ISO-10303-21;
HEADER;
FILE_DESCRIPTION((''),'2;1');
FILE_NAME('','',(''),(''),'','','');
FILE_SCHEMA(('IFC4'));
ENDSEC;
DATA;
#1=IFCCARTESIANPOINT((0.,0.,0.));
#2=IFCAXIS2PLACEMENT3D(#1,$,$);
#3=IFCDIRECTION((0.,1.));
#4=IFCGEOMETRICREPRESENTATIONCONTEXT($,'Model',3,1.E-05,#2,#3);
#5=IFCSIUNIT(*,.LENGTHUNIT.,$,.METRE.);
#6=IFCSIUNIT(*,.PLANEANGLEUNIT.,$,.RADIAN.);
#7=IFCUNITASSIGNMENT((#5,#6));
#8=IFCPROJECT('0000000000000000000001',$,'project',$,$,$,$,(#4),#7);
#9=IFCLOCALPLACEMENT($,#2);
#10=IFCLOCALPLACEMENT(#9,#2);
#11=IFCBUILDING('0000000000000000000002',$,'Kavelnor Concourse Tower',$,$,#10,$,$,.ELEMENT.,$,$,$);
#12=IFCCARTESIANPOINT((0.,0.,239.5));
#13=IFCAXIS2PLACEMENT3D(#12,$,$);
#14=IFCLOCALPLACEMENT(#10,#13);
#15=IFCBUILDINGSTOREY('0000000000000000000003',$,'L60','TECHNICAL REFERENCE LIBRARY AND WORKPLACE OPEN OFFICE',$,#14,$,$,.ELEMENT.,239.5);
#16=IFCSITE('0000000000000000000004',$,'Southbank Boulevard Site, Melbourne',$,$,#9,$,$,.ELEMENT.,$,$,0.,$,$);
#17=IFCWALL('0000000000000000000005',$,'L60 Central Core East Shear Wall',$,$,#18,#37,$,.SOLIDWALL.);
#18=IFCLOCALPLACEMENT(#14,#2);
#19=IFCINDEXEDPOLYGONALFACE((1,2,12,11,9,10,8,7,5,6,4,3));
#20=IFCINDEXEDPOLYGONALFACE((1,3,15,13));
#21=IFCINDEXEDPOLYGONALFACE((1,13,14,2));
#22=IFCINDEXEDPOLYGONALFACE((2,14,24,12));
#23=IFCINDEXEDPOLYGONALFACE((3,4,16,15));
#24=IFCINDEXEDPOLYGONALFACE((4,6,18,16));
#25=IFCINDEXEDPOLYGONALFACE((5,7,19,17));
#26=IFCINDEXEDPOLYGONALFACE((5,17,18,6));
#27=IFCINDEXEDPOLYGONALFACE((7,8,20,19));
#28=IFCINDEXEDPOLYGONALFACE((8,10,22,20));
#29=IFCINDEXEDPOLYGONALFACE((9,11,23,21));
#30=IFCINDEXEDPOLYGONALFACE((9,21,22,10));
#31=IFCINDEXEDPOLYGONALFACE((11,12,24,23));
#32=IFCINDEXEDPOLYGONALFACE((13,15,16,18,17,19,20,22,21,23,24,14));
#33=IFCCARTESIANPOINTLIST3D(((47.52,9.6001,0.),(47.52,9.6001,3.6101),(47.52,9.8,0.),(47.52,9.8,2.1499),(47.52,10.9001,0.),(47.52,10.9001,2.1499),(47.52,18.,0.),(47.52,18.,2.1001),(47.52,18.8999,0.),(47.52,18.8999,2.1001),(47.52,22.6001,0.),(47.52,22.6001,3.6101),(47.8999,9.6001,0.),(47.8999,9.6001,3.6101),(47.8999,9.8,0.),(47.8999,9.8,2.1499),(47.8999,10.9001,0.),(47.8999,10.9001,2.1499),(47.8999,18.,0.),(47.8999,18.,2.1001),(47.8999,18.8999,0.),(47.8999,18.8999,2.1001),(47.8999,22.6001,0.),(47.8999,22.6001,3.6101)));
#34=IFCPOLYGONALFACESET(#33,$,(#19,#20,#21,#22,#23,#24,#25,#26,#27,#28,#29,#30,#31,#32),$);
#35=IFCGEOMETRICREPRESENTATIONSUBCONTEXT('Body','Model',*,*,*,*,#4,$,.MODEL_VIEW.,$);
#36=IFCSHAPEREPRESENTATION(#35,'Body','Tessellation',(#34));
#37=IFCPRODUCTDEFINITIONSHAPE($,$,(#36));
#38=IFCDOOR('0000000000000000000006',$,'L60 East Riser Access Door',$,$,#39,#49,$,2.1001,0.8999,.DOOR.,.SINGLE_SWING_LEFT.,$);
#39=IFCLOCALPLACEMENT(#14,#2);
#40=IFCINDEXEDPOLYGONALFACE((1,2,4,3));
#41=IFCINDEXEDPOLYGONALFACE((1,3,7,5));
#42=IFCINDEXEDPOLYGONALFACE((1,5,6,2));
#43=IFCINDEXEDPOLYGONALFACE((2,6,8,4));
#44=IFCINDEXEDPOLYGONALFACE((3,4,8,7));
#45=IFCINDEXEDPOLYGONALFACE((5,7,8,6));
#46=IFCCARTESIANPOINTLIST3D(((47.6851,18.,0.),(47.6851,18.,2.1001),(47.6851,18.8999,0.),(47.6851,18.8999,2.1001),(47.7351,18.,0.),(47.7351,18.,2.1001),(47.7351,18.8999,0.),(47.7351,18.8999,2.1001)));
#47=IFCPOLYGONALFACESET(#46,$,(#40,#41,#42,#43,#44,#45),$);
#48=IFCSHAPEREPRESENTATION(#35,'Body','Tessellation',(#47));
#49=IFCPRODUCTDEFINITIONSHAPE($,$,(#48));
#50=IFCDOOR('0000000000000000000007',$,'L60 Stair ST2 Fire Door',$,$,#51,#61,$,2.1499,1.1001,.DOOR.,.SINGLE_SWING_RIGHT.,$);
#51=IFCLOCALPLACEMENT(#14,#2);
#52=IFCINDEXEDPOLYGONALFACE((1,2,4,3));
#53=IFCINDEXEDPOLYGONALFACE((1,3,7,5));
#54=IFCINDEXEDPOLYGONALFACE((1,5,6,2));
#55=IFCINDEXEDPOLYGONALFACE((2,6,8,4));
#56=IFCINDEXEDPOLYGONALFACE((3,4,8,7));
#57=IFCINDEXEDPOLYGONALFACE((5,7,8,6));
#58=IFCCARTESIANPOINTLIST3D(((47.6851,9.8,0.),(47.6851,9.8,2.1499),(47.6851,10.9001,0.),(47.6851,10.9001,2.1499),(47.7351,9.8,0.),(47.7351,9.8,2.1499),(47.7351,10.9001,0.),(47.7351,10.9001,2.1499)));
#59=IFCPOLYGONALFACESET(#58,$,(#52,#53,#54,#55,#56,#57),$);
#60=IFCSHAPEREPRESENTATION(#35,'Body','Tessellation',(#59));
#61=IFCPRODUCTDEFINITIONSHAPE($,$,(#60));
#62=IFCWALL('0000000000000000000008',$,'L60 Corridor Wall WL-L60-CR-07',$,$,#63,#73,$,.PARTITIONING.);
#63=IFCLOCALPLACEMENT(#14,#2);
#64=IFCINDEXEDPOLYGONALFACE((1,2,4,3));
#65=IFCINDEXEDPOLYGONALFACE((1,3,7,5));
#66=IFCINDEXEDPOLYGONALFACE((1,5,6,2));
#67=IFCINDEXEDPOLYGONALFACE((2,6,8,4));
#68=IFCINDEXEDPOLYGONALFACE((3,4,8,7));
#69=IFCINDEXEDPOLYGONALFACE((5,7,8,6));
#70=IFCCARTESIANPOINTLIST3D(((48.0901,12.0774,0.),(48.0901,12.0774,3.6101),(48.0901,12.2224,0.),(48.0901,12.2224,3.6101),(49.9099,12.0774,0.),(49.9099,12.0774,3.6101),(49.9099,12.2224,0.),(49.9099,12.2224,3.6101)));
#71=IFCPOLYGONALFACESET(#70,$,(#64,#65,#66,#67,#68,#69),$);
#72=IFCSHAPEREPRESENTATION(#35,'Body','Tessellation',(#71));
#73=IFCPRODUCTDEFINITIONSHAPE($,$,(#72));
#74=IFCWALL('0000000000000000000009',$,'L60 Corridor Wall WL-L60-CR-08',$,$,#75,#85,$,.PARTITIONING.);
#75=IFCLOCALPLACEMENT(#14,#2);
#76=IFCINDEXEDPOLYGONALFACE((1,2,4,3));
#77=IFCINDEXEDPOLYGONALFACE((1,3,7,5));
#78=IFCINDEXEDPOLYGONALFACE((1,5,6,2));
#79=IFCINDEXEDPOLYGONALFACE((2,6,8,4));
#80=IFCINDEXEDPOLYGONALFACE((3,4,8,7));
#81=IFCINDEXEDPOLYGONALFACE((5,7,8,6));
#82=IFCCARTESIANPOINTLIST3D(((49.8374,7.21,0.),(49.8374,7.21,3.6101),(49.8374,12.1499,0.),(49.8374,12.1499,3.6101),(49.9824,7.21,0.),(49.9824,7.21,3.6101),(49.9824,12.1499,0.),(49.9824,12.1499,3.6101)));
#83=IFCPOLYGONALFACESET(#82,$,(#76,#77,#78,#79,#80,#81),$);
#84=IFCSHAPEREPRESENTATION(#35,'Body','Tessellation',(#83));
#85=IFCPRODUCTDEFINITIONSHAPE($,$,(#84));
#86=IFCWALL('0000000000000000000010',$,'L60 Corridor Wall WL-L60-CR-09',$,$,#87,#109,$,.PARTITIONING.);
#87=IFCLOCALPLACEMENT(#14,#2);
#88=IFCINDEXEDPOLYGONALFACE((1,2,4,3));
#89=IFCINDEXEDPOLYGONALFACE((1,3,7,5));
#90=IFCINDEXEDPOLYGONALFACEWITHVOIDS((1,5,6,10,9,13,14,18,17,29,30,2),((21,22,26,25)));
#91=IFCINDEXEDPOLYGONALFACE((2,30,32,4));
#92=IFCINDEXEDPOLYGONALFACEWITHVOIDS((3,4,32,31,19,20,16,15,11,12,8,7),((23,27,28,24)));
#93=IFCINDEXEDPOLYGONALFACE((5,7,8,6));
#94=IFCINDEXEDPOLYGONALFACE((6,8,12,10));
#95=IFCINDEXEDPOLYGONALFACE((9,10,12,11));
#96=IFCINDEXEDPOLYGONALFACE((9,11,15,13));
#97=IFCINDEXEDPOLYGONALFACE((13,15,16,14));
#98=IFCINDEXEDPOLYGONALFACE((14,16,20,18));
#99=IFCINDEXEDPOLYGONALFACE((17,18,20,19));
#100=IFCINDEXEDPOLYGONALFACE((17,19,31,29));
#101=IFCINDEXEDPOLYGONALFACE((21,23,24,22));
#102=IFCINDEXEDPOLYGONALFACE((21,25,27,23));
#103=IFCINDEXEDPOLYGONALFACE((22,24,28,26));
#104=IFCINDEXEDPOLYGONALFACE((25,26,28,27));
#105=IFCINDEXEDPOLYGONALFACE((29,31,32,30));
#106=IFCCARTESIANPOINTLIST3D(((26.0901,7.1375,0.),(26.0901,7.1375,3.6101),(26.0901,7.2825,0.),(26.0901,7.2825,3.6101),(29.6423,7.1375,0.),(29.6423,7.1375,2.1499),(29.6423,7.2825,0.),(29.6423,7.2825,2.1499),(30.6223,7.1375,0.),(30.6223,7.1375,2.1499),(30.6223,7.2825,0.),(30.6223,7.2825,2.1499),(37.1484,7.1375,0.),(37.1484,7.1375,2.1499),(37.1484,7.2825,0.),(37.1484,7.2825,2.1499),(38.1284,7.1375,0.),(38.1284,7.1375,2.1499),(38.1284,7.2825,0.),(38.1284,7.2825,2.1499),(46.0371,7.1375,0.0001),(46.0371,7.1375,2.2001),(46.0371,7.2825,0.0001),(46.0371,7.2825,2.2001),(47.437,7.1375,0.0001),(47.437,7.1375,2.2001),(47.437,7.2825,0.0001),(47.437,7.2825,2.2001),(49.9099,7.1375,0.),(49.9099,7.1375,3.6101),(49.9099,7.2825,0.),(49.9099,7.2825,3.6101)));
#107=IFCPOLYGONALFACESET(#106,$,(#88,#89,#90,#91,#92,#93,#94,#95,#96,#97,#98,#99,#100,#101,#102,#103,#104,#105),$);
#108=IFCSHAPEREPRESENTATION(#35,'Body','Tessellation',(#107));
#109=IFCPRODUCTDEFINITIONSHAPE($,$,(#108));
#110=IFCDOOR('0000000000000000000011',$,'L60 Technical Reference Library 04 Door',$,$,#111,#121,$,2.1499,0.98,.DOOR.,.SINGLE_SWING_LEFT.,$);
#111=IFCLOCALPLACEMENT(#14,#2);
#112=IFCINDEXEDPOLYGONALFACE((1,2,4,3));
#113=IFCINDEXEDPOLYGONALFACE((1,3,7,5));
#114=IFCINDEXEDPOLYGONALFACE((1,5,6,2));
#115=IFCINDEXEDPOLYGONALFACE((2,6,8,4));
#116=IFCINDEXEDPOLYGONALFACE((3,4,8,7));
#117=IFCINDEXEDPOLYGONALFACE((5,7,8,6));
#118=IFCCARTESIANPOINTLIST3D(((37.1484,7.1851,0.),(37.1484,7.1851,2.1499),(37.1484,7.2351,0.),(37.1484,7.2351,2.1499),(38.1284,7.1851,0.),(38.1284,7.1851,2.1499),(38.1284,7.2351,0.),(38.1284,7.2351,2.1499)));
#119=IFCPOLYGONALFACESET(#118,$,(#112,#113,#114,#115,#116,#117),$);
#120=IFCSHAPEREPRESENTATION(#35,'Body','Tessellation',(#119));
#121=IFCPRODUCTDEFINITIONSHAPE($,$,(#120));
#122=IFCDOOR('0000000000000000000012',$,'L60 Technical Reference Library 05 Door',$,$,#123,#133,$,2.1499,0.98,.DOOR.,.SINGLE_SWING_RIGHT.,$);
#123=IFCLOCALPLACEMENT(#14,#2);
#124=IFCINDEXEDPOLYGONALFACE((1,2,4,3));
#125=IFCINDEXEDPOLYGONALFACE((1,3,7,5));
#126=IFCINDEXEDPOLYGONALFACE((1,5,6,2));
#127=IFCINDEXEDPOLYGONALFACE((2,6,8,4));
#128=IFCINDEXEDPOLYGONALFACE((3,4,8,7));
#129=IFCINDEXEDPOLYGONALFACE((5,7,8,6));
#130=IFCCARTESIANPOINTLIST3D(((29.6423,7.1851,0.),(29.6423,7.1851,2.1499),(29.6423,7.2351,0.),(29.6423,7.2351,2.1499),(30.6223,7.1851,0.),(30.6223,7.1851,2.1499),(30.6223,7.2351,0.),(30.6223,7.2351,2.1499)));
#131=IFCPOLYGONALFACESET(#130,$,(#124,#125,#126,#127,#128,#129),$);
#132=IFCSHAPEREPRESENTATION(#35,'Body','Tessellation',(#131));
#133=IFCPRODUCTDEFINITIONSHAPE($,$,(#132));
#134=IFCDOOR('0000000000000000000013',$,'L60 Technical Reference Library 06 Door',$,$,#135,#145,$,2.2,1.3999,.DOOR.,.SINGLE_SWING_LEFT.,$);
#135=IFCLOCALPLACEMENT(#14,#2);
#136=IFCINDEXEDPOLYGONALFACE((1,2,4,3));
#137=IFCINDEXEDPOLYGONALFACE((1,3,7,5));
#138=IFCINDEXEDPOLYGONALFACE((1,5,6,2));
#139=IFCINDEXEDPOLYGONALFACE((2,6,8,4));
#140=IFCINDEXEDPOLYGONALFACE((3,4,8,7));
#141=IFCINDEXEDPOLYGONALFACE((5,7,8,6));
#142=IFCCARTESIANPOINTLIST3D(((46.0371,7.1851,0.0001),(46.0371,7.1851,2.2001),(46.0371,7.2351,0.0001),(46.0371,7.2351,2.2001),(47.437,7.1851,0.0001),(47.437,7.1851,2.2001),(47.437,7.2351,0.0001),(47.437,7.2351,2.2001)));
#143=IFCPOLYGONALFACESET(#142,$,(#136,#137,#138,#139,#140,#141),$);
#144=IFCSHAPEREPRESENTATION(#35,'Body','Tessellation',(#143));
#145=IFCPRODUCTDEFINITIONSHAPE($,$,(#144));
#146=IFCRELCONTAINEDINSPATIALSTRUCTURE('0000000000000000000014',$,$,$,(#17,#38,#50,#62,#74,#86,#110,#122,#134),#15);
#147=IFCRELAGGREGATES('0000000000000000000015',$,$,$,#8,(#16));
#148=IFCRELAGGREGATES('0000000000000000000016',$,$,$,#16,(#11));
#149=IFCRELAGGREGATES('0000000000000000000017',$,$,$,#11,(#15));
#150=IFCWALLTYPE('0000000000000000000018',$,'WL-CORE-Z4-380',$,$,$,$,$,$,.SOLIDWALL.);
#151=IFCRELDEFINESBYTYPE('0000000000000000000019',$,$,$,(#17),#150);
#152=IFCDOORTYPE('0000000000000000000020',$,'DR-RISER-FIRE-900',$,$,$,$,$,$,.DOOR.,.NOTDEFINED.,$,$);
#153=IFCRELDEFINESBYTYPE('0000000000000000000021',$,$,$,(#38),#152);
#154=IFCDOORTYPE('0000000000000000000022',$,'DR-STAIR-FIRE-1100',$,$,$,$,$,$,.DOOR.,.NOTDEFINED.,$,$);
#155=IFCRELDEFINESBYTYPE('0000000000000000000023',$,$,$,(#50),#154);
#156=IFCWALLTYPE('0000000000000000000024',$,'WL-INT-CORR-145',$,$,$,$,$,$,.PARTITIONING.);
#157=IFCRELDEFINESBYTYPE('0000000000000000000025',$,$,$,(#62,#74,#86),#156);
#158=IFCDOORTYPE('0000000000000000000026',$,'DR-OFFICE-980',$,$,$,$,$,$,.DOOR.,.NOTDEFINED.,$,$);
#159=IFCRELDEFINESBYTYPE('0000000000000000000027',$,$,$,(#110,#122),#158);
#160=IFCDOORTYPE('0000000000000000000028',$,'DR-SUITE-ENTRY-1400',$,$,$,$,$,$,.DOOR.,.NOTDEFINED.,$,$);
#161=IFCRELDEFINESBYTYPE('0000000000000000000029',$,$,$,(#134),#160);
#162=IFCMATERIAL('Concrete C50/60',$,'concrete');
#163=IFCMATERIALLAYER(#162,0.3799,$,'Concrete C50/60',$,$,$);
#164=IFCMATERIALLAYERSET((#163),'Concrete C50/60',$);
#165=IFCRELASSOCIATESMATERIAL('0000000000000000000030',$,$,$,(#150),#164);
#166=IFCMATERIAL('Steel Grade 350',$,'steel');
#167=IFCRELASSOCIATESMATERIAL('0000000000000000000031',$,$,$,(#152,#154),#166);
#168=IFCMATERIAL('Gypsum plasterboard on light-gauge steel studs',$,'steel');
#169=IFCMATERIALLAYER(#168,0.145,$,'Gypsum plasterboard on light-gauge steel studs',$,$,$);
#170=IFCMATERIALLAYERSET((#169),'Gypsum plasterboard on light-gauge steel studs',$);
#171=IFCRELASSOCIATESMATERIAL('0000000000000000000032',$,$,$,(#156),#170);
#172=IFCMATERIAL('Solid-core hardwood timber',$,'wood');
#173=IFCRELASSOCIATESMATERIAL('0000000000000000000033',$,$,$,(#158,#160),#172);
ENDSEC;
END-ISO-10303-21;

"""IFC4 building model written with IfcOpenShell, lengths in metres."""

from ifc_helpers import new_model, si_unit, direction, frame, frame_2d, origin, place, context, subcontext, project, spatial, rectangle, extrude, material, layer, layer_set, type_object, element, fill, save


model = new_model("IFC4")

# Units and contexts
model_context = context("Model", 3, precision=1e-05, world=origin(), true_north=direction((0.0, 1.0)))
body_context = subcontext(model_context, "Body", "Model", "MODEL_VIEW")
ifc_project = project(units=[si_unit("LENGTHUNIT", "METRE"), si_unit("PLANEANGLEUNIT", "RADIAN")], contexts=[model_context])

# Site, building, storey
site_placement = place(None, origin())
site = spatial("IfcSite", under=ifc_project, at=site_placement, Name="Southbank Boulevard Site, Melbourne", CompositionType="ELEMENT", RefElevation=0.0)
building_placement = place(site_placement, origin())
building = spatial("IfcBuilding", under=site, at=building_placement, Name="Kavelnor Concourse Tower", CompositionType="ELEMENT")
storey_placement = place(building_placement, frame((0.0, 0.0, 239.5)))
storey = spatial("IfcBuildingStorey", under=building, at=storey_placement, Name="L60", Description="TECHNICAL REFERENCE LIBRARY AND WORKPLACE OPEN OFFICE", CompositionType="ELEMENT", Elevation=239.5)

# Shared definitions
ifc_material_1 = material(Name="Steel Grade 350", Category="steel")

# Wall, openings, doors
ifc_material_2 = material(Name="Concrete C50/60", Category="concrete")
ifc_layer_1 = layer(ifc_material_2, 0.3799, Name="Concrete C50/60")
ifc_layer_set_1 = layer_set([ifc_layer_1], Name="Concrete C50/60")
wall_type_1 = type_object("IfcWallType", Name="WL-CORE-Z4-380", PredefinedType="SOLIDWALL", material=ifc_layer_set_1)
wall_1_placement = place(storey_placement, frame((47.71, 9.6001, 0.0), z_axis=(0.0, 0.0, 1.0), x_axis=(0.0, 1.0, 0.0)))
wall_1 = element("IfcWall", 1, at=wall_1_placement, inside=storey, type_object=wall_type_1, Name="L60 Central Core East Shear Wall", PredefinedType="SOLIDWALL", context=body_context, shape_type="SweptSolid", body=[
    extrude(rectangle(XDim=13.0, YDim=0.3799, at=frame_2d((6.5, 0.0))), origin(), (0.0, 0.0, 1.0), 3.6101),
])
opening_1_placement = place(wall_1_placement, frame((0.2, 0.0, 0.0)))
opening_1 = element("IfcOpeningElement", 2, at=opening_1_placement, cuts=wall_1, PredefinedType="OPENING", context=body_context, shape_type="SweptSolid", body=[
    extrude(rectangle(XDim=1.1001, YDim=2.1499, at=frame_2d((0.55, 1.075))), frame((0.0, 0.2, 0.0), z_axis=(0.0, -1.0, 0.0), x_axis=(1.0, 0.0, 0.0)), (0.0, 0.0, 1.0), 0.3999),
])
opening_2_placement = place(wall_1_placement, frame((8.3999, 0.0, 0.0)))
opening_2 = element("IfcOpeningElement", 3, at=opening_2_placement, cuts=wall_1, PredefinedType="OPENING", context=body_context, shape_type="SweptSolid", body=[
    extrude(rectangle(XDim=0.8999, YDim=2.1001, at=frame_2d((0.45, 1.05))), frame((0.0, 0.2, 0.0), z_axis=(0.0, -1.0, 0.0), x_axis=(1.0, 0.0, 0.0)), (0.0, 0.0, 1.0), 0.3999),
])
door_type_1 = type_object("IfcDoorType", Name="DR-RISER-FIRE-900", OperationType="NOTDEFINED", PredefinedType="DOOR", material=ifc_material_1)
door_1_placement = place(opening_2_placement, origin())
door_1 = element("IfcDoor", 4, at=door_1_placement, inside=storey, type_object=door_type_1, Name="L60 East Riser Access Door", OperationType="SINGLE_SWING_LEFT", OverallHeight=2.1001, OverallWidth=0.8999, PredefinedType="DOOR", context=body_context, shape_type="SweptSolid", body=[
    extrude(rectangle(XDim=0.8999, YDim=2.1001, at=frame_2d((0.45, 1.05))), frame((0.0, 0.0249, 0.0), z_axis=(0.0, -1.0, 0.0), x_axis=(1.0, 0.0, 0.0)), (0.0, 0.0, 1.0), 0.05),
])
fill(opening_2, door_1)
door_type_2 = type_object("IfcDoorType", Name="DR-STAIR-FIRE-1100", OperationType="NOTDEFINED", PredefinedType="DOOR", material=ifc_material_1)
door_2_placement = place(opening_1_placement, origin())
door_2 = element("IfcDoor", 5, at=door_2_placement, inside=storey, type_object=door_type_2, Name="L60 Stair ST2 Fire Door", OperationType="SINGLE_SWING_RIGHT", OverallHeight=2.1499, OverallWidth=1.1001, PredefinedType="DOOR", context=body_context, shape_type="SweptSolid", body=[
    extrude(rectangle(XDim=1.1001, YDim=2.1499, at=frame_2d((0.55, 1.075))), frame((0.0, 0.0249, 0.0), z_axis=(0.0, -1.0, 0.0), x_axis=(1.0, 0.0, 0.0)), (0.0, 0.0, 1.0), 0.05),
])
fill(opening_1, door_2)

# Walls
ifc_material_3 = material(Name="Gypsum plasterboard on light-gauge steel studs", Category="steel")
ifc_layer_2 = layer(ifc_material_3, 0.145, Name="Gypsum plasterboard on light-gauge steel studs")
ifc_layer_set_2 = layer_set([ifc_layer_2], Name="Gypsum plasterboard on light-gauge steel studs")
wall_type_2 = type_object("IfcWallType", Name="WL-INT-CORR-145", PredefinedType="PARTITIONING", material=ifc_layer_set_2)
wall_2_placement = place(storey_placement, frame((48.0901, 12.1499, 0.0), z_axis=(0.0, 0.0, 1.0), x_axis=(1.0, 0.0, 0.0)))
element("IfcWall", 6, at=wall_2_placement, inside=storey, type_object=wall_type_2, Name="L60 Corridor Wall WL-L60-CR-07", PredefinedType="PARTITIONING", context=body_context, shape_type="SweptSolid", body=[
    extrude(rectangle(XDim=1.8198, YDim=0.145, at=frame_2d((0.9099, 0.0))), origin(), (0.0, 0.0, 1.0), 3.6101),
])
wall_3_placement = place(storey_placement, frame((49.9099, 12.1499, 0.0), z_axis=(0.0, 0.0, 1.0), x_axis=(0.0, -1.0, 0.0)))
element("IfcWall", 7, at=wall_3_placement, inside=storey, type_object=wall_type_2, Name="L60 Corridor Wall WL-L60-CR-08", PredefinedType="PARTITIONING", context=body_context, shape_type="SweptSolid", body=[
    extrude(rectangle(XDim=4.9399, YDim=0.145, at=frame_2d((2.47, 0.0))), origin(), (0.0, 0.0, 1.0), 3.6101),
])

# Wall, openings, doors
wall_4_placement = place(storey_placement, frame((49.9099, 7.21, 0.0), z_axis=(0.0, 0.0, 1.0), x_axis=(-1.0, 0.0, 0.0)))
wall_4 = element("IfcWall", 8, at=wall_4_placement, inside=storey, type_object=wall_type_2, Name="L60 Corridor Wall WL-L60-CR-09", PredefinedType="PARTITIONING", context=body_context, shape_type="SweptSolid", body=[
    extrude(rectangle(XDim=23.8198, YDim=0.145, at=frame_2d((11.9099, 0.0))), origin(), (0.0, 0.0, 1.0), 3.6101),
])
opening_3_placement = place(wall_4_placement, frame((11.7815, 0.0, 0.0)))
opening_3 = element("IfcOpeningElement", 9, at=opening_3_placement, cuts=wall_4, PredefinedType="OPENING", context=body_context, shape_type="SweptSolid", body=[
    extrude(rectangle(XDim=0.98, YDim=2.1499, at=frame_2d((0.49, 1.075))), frame((0.0, 0.0825, 0.0), z_axis=(0.0, -1.0, 0.0), x_axis=(1.0, 0.0, 0.0)), (0.0, 0.0, 1.0), 0.165),
])
opening_4_placement = place(wall_4_placement, frame((19.2876, 0.0, 0.0)))
opening_4 = element("IfcOpeningElement", 10, at=opening_4_placement, cuts=wall_4, PredefinedType="OPENING", context=body_context, shape_type="SweptSolid", body=[
    extrude(rectangle(XDim=0.98, YDim=2.1499, at=frame_2d((0.49, 1.075))), frame((0.0, 0.0825, 0.0), z_axis=(0.0, -1.0, 0.0), x_axis=(1.0, 0.0, 0.0)), (0.0, 0.0, 1.0), 0.165),
])
opening_5_placement = place(wall_4_placement, frame((2.4729, 0.0, 0.0)))
opening_5 = element("IfcOpeningElement", 11, at=opening_5_placement, cuts=wall_4, PredefinedType="OPENING", context=body_context, shape_type="SweptSolid", body=[
    extrude(rectangle(XDim=1.3999, YDim=2.2, at=frame_2d((0.7, 1.1001))), frame((0.0, 0.0825, 0.0), z_axis=(0.0, -1.0, 0.0), x_axis=(1.0, 0.0, 0.0)), (0.0, 0.0, 1.0), 0.165),
])
ifc_material_4 = material(Name="Solid-core hardwood timber", Category="wood")
door_type_3 = type_object("IfcDoorType", Name="DR-OFFICE-980", OperationType="NOTDEFINED", PredefinedType="DOOR", material=ifc_material_4)
door_3_placement = place(opening_3_placement, origin())
door_3 = element("IfcDoor", 12, at=door_3_placement, inside=storey, type_object=door_type_3, Name="L60 Technical Reference Library 04 Door", OperationType="SINGLE_SWING_LEFT", OverallHeight=2.1499, OverallWidth=0.98, PredefinedType="DOOR", context=body_context, shape_type="SweptSolid", body=[
    extrude(rectangle(XDim=0.98, YDim=2.1499, at=frame_2d((0.49, 1.075))), frame((0.0, 0.0249, 0.0), z_axis=(0.0, -1.0, 0.0), x_axis=(1.0, 0.0, 0.0)), (0.0, 0.0, 1.0), 0.05),
])
fill(opening_3, door_3)
door_4_placement = place(opening_4_placement, origin())
door_4 = element("IfcDoor", 13, at=door_4_placement, inside=storey, type_object=door_type_3, Name="L60 Technical Reference Library 05 Door", OperationType="SINGLE_SWING_RIGHT", OverallHeight=2.1499, OverallWidth=0.98, PredefinedType="DOOR", context=body_context, shape_type="SweptSolid", body=[
    extrude(rectangle(XDim=0.98, YDim=2.1499, at=frame_2d((0.49, 1.075))), frame((0.0, 0.0249, 0.0), z_axis=(0.0, -1.0, 0.0), x_axis=(1.0, 0.0, 0.0)), (0.0, 0.0, 1.0), 0.05),
])
fill(opening_4, door_4)
door_type_4 = type_object("IfcDoorType", Name="DR-SUITE-ENTRY-1400", OperationType="NOTDEFINED", PredefinedType="DOOR", material=ifc_material_4)
door_5_placement = place(opening_5_placement, origin())
door_5 = element("IfcDoor", 14, at=door_5_placement, inside=storey, type_object=door_type_4, Name="L60 Technical Reference Library 06 Door", OperationType="SINGLE_SWING_LEFT", OverallHeight=2.2, OverallWidth=1.3999, PredefinedType="DOOR", context=body_context, shape_type="SweptSolid", body=[
    extrude(rectangle(XDim=1.3999, YDim=2.2, at=frame_2d((0.7, 1.1001))), frame((0.0, 0.0249, 0.0), z_axis=(0.0, -1.0, 0.0), x_axis=(1.0, 0.0, 0.0)), (0.0, 0.0, 1.0), 0.05),
])
fill(opening_5, door_5)

save(model, "model.ifc")
